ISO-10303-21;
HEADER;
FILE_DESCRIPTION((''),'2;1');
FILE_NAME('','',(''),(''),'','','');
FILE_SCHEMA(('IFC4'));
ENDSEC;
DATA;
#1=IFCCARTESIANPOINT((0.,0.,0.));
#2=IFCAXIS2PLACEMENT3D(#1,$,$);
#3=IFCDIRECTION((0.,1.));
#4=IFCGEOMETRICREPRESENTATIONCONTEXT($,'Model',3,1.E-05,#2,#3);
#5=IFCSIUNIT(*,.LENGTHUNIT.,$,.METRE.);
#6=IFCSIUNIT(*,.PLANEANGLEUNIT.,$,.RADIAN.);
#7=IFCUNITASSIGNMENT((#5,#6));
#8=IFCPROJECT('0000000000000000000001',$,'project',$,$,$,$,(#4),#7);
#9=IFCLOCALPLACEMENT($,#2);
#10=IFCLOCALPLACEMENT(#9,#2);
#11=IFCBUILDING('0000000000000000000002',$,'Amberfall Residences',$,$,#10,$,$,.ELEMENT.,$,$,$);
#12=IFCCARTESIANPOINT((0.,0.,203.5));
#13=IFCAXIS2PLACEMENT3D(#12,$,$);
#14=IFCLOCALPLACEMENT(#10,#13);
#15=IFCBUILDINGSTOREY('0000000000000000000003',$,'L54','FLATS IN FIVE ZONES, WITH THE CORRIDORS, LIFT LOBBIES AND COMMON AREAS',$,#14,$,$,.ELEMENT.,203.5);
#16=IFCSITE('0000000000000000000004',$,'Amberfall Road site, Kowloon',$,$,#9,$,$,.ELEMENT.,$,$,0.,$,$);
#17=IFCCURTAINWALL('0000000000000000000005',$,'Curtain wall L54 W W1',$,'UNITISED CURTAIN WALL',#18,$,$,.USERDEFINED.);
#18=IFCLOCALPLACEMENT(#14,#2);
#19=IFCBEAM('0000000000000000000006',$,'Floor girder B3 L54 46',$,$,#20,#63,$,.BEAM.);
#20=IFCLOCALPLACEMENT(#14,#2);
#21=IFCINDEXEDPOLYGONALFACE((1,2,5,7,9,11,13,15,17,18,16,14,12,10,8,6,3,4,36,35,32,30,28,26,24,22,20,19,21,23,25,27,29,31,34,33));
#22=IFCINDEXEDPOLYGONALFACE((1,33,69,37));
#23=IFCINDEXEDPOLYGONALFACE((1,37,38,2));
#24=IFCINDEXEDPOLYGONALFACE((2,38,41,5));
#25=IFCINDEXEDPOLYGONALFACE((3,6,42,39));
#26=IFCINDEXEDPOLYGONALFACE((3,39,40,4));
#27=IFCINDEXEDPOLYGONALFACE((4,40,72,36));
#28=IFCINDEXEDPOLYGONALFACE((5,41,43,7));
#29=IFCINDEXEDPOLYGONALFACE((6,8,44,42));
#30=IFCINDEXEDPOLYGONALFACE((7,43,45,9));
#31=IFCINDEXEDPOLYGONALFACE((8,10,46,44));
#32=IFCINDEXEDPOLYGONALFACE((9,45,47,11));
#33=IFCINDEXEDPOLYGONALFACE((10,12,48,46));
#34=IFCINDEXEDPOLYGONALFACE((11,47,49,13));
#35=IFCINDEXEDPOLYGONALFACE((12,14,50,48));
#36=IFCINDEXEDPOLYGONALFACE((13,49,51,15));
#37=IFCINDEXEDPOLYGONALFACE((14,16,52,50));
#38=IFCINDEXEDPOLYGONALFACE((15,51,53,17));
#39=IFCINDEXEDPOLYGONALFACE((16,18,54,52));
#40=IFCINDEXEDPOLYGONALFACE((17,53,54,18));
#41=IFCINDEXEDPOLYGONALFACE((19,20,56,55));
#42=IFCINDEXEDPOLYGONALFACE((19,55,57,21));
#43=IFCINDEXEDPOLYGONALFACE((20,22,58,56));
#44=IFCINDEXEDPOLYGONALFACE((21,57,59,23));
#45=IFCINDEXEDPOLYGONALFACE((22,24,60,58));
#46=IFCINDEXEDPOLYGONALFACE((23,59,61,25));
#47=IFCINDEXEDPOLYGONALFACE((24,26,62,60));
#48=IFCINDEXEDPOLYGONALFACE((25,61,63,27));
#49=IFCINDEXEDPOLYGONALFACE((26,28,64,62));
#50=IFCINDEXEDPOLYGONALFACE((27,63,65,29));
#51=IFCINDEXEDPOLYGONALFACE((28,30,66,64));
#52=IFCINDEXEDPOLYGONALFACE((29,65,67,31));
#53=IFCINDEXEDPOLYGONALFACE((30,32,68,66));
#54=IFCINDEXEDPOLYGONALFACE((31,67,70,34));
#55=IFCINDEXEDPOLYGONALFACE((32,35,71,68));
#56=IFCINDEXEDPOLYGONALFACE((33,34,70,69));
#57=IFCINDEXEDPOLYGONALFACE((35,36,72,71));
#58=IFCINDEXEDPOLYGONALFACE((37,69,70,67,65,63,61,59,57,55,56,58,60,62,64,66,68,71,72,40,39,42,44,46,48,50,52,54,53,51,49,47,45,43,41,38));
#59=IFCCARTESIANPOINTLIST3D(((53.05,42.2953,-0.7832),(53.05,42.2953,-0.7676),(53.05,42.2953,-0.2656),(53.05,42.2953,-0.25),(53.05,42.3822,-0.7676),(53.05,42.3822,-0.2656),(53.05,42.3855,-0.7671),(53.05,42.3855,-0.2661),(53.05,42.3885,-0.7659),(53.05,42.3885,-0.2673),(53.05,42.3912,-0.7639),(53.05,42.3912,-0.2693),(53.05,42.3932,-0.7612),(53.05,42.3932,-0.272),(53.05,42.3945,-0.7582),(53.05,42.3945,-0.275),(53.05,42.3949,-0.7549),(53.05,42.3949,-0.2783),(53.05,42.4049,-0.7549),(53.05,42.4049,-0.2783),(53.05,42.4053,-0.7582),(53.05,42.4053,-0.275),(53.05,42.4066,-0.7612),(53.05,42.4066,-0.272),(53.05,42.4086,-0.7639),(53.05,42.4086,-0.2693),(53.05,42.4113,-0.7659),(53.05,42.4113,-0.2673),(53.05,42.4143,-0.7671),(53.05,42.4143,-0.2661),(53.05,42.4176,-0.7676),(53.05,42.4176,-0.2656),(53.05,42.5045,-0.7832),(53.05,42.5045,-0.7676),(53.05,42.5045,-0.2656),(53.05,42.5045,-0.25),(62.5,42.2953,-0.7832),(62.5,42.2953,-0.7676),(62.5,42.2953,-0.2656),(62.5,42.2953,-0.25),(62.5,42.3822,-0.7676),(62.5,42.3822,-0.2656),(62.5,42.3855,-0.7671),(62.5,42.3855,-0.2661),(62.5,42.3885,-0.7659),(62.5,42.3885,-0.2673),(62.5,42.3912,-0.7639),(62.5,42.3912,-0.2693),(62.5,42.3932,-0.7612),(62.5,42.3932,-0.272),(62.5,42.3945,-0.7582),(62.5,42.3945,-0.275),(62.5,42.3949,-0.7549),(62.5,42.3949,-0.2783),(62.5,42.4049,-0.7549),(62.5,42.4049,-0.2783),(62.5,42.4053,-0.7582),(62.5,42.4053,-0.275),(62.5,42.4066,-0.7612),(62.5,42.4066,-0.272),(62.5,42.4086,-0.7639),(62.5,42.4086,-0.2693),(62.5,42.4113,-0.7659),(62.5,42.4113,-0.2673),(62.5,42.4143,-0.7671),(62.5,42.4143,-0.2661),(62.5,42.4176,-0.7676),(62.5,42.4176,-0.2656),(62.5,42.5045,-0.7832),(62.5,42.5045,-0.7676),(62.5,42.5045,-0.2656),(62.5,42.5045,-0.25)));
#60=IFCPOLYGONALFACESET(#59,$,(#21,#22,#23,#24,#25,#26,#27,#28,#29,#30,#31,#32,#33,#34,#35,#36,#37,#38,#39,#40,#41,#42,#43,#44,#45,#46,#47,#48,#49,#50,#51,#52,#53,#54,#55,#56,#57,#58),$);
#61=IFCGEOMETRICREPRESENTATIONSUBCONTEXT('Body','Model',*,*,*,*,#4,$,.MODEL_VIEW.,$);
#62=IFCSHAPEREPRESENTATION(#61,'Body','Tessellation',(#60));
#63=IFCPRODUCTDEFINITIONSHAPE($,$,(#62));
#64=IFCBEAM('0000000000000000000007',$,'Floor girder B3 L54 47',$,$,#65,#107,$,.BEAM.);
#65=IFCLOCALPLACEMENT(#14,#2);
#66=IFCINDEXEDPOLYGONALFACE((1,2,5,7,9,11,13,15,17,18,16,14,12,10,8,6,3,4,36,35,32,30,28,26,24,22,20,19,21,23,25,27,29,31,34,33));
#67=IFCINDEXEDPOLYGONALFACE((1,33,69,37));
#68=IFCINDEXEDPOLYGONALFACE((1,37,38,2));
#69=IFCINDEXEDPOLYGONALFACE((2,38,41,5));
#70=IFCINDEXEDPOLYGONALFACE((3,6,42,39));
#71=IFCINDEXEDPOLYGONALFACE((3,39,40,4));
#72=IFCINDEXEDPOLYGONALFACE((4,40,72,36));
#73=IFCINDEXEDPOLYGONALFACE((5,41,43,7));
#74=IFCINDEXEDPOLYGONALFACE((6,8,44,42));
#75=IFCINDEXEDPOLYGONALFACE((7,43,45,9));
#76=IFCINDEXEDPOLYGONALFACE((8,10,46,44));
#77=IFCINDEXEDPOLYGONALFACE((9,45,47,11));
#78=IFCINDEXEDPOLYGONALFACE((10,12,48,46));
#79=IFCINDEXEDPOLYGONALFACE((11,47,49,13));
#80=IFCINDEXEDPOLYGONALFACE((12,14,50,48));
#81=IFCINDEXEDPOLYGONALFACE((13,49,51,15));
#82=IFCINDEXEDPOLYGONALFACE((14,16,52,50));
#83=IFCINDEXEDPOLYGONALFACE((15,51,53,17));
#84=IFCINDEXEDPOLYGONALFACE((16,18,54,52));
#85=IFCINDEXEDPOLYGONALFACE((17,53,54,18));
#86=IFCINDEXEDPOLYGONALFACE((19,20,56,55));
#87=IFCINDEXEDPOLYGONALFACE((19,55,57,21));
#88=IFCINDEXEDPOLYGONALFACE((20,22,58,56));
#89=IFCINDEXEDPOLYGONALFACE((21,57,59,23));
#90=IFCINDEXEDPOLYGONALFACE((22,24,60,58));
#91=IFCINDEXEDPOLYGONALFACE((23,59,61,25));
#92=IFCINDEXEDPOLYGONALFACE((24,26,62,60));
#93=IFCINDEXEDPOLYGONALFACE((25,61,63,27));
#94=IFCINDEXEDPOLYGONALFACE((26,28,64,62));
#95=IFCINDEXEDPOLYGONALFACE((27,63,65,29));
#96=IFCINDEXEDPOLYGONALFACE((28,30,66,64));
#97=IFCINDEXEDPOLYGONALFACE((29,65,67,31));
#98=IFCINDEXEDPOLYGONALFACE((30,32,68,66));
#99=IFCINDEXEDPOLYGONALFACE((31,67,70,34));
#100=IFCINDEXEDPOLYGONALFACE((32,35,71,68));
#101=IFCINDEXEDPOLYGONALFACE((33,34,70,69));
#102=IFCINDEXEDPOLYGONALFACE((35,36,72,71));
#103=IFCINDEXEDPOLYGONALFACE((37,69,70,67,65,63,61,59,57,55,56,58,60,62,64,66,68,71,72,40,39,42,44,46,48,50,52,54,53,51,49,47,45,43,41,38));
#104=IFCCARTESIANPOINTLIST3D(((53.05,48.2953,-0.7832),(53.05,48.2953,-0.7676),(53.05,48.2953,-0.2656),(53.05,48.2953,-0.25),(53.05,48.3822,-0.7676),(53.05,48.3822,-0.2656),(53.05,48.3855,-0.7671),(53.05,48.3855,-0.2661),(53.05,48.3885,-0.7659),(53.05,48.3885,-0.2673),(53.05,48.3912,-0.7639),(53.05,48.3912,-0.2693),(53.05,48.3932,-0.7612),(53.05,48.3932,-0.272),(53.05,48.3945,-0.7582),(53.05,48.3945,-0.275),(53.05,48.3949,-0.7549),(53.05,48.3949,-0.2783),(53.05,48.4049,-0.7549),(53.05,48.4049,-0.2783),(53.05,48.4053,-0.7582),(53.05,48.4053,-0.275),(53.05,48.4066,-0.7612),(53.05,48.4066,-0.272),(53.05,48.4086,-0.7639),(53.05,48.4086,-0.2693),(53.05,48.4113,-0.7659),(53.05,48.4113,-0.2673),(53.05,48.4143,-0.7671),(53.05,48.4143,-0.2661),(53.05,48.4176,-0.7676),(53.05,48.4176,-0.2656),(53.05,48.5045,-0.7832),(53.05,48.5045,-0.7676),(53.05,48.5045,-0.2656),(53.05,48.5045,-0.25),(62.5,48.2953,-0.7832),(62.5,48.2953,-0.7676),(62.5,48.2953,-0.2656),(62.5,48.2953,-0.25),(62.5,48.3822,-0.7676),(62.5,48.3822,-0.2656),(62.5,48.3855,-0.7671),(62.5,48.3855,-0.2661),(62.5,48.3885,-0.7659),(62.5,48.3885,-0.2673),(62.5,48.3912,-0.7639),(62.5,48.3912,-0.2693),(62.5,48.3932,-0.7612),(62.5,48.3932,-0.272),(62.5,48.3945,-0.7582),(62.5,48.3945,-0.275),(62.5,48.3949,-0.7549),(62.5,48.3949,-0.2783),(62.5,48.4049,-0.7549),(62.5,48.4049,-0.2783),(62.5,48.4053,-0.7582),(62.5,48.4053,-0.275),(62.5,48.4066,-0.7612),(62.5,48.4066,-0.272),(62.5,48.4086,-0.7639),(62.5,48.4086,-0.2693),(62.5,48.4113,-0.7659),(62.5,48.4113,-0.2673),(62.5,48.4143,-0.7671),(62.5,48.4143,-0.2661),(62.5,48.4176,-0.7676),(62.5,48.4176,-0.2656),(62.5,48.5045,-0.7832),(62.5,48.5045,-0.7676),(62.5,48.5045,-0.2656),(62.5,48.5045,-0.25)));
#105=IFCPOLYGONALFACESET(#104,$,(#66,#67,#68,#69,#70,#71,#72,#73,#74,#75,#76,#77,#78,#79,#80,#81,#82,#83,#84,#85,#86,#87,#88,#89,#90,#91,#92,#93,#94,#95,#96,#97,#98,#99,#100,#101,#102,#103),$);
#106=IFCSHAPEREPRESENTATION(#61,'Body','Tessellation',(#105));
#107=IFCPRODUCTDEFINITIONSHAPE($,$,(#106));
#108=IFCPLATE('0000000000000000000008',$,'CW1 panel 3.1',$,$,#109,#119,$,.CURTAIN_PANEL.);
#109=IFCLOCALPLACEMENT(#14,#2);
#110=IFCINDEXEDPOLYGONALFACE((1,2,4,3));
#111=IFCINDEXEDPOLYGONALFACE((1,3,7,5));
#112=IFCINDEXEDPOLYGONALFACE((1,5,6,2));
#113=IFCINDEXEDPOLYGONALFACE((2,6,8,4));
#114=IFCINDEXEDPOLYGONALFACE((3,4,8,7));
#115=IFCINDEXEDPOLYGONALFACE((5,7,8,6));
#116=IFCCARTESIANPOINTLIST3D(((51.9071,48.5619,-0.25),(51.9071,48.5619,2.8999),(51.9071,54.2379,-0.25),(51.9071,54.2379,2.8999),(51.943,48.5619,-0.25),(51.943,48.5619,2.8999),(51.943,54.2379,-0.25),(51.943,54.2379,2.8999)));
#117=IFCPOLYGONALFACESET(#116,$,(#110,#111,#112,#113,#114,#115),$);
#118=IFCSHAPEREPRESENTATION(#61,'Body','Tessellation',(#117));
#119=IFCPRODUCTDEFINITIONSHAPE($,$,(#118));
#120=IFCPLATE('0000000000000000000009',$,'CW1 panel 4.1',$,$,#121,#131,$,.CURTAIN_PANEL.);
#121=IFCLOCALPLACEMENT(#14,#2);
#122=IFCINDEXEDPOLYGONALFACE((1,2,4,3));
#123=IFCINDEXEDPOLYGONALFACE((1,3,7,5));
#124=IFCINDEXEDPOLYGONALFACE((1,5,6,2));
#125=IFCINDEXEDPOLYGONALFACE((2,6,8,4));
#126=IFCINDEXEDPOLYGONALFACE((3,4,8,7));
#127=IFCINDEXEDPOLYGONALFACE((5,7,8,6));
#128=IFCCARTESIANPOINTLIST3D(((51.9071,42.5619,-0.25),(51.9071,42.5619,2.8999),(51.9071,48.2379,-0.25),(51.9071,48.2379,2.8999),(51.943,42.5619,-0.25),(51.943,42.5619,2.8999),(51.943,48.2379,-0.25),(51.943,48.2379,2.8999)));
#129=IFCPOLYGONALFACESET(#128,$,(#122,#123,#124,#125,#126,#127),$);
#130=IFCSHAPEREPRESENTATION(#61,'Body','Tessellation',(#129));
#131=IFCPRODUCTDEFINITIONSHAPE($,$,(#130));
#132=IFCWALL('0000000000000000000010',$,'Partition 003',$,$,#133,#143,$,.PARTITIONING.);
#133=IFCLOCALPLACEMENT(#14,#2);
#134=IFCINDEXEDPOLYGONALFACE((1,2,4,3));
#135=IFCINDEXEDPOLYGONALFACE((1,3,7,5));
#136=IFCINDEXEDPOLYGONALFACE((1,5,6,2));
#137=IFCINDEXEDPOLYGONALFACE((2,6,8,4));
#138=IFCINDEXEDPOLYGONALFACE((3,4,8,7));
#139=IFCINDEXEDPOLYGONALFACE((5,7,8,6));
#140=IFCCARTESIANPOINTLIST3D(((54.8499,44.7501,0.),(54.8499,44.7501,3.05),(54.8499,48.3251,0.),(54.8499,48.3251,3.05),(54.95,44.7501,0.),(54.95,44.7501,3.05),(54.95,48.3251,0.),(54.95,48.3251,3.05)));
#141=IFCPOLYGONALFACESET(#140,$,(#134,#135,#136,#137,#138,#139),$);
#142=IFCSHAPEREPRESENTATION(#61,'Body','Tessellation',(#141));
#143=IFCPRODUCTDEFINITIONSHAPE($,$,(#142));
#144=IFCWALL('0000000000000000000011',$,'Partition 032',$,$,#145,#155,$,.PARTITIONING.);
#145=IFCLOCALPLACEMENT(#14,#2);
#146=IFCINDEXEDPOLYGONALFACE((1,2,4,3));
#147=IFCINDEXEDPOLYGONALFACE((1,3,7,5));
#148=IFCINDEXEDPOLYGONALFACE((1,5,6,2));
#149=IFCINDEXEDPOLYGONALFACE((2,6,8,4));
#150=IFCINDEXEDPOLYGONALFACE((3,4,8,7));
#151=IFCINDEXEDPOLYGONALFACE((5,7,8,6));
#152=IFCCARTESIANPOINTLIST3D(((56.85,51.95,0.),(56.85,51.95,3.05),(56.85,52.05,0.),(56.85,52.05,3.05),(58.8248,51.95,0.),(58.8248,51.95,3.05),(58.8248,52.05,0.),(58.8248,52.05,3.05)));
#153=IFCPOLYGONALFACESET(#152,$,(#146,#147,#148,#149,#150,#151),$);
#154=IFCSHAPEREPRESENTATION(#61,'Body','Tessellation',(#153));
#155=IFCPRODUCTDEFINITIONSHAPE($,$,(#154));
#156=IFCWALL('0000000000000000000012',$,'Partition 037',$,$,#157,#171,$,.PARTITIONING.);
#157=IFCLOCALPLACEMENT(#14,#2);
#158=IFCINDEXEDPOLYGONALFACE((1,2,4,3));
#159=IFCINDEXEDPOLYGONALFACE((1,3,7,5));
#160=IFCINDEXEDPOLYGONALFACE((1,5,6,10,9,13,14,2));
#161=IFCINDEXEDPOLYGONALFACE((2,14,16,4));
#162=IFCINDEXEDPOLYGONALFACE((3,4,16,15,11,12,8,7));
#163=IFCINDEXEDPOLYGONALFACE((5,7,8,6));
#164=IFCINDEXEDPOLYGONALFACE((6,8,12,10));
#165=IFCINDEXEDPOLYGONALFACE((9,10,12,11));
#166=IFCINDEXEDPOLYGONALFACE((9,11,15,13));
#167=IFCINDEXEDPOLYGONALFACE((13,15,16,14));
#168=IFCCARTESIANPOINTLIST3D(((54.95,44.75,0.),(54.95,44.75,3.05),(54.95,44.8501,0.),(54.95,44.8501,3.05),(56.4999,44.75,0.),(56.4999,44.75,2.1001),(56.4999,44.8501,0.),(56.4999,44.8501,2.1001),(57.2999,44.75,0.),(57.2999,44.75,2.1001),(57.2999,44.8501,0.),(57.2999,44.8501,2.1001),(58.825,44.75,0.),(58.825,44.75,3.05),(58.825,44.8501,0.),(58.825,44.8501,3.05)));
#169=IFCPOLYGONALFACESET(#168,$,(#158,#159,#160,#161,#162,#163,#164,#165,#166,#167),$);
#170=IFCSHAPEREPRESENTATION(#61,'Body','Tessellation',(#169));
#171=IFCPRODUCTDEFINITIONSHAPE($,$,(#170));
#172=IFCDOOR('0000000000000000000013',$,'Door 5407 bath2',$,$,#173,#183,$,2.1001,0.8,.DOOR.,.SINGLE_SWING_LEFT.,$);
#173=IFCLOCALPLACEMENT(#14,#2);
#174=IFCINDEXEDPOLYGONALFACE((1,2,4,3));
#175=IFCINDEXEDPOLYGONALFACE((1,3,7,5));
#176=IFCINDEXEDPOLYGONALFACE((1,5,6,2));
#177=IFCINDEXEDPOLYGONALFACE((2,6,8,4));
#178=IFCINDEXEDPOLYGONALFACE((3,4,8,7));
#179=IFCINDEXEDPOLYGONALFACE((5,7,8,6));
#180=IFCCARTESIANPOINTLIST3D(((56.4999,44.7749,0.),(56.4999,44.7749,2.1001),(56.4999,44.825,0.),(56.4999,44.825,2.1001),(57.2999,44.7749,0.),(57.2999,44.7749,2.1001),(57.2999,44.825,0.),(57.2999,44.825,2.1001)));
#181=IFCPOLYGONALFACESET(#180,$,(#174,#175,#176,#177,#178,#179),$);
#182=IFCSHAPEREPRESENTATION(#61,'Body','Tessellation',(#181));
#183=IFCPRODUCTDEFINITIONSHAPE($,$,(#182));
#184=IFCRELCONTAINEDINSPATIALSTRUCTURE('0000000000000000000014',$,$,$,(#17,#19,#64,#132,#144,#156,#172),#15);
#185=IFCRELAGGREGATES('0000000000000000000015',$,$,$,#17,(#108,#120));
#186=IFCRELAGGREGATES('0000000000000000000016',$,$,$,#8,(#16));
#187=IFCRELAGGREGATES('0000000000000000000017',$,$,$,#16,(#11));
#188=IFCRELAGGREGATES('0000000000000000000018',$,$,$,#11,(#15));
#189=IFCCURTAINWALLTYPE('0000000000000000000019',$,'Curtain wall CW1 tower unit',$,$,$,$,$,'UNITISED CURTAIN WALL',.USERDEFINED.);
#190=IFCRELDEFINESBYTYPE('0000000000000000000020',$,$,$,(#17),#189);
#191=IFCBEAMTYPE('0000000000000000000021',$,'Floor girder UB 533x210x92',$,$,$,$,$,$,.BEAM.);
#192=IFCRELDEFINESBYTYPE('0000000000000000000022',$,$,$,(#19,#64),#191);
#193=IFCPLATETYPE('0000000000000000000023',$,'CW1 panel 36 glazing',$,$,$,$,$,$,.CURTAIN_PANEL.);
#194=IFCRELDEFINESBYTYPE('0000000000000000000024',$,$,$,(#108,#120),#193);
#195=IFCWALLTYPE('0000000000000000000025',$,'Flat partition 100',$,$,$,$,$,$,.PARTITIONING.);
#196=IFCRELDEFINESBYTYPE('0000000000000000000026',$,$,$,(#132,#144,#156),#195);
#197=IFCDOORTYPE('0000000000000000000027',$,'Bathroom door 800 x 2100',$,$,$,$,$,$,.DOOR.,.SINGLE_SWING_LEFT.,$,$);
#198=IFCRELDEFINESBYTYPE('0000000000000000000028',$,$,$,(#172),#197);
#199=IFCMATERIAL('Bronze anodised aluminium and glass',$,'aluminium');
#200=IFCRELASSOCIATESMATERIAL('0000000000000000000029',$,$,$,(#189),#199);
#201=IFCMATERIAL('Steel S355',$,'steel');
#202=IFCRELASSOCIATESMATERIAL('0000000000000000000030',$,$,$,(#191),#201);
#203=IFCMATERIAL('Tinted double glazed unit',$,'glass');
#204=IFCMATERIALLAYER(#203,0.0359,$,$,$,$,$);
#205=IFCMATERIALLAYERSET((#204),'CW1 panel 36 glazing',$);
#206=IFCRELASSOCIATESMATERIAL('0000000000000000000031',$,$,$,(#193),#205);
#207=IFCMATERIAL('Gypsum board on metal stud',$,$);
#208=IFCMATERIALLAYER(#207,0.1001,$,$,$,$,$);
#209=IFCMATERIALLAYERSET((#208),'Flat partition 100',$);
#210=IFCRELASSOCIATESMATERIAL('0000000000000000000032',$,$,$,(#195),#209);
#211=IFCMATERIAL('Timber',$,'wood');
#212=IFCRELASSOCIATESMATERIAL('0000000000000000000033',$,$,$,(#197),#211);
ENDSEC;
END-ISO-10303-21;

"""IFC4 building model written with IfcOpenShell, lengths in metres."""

from ifc_helpers import new_model, si_unit, direction, frame, frame_2d, origin, origin_2d, place, context, subcontext, project, spatial, rectangle, i_section, extrude, material, layer, layer_set, material_profile, profile_set, type_object, element, fill, aggregate, save


model = new_model("IFC4")

# Units and contexts
model_context = context("Model", 3, precision=1e-05, world=origin(), true_north=direction((0.0, 1.0)))
body_context = subcontext(model_context, "Body", "Model", "MODEL_VIEW")
ifc_project = project(units=[si_unit("LENGTHUNIT", "METRE"), si_unit("PLANEANGLEUNIT", "RADIAN")], contexts=[model_context])

# Site, building, storey
site_placement = place(None, origin())
site = spatial("IfcSite", under=ifc_project, at=site_placement, Name="Amberfall Road site, Kowloon", CompositionType="ELEMENT", RefElevation=0.0)
building_placement = place(site_placement, origin())
building = spatial("IfcBuilding", under=site, at=building_placement, Name="Amberfall Residences", CompositionType="ELEMENT")
storey_placement = place(building_placement, frame((0.0, 0.0, 203.5)))
storey = spatial("IfcBuildingStorey", under=building, at=storey_placement, Name="L54", Description="FLATS IN FIVE ZONES, WITH THE CORRIDORS, LIFT LOBBIES AND COMMON AREAS", CompositionType="ELEMENT", Elevation=203.5)

# Curtain wall
ifc_material_1 = material(Name="Bronze anodised aluminium and glass", Category="aluminium")
curtain_wall_type = type_object("IfcCurtainWallType", Name="Curtain wall CW1 tower unit", ElementType="UNITISED CURTAIN WALL", PredefinedType="USERDEFINED", material=ifc_material_1)
curtain_wall_placement = place(storey_placement, origin())
curtain_wall = element("IfcCurtainWall", 1, at=curtain_wall_placement, inside=storey, type_object=curtain_wall_type, Name="Curtain wall L54 W W1", ObjectType="UNITISED CURTAIN WALL", PredefinedType="USERDEFINED")

# Shared definitions
ifc_material_2 = material(Name="Steel S355", Category="steel")

# Beams
ifc_material_profile_1 = material_profile(ifc_material_2, i_section(OverallWidth=0.2092, OverallDepth=0.5332, WebThickness=0.01, FlangeThickness=0.0156, FilletRadius=0.0127, at=origin_2d()), Name="UB 533x210x92")
ifc_profile_set_1 = profile_set([ifc_material_profile_1], Name="Steel S355")
beam_type_1 = type_object("IfcBeamType", Name="Floor girder UB 533x210x92", PredefinedType="BEAM", material=ifc_profile_set_1)
for number, where, z_axis, x_axis, name in (
    (2, (53.05, 42.3999, -0.5166), (1.0, 0.0, 0.0), (0.0, 1.0, 0.0), "Floor girder B3 L54 46"),
    (3, (53.05, 48.3999, -0.5166), (1.0, 0.0, 0.0), (0.0, 1.0, 0.0), "Floor girder B3 L54 47"),
):
    element("IfcBeam", number, at=place(storey_placement, frame(where, z_axis=z_axis, x_axis=x_axis)), inside=storey, type_object=beam_type_1, Name=name, PredefinedType="BEAM", context=body_context, shape_type="SweptSolid", body=[
        extrude(i_section(OverallWidth=0.2092, OverallDepth=0.5332, WebThickness=0.01, FlangeThickness=0.0156, FilletRadius=0.0127, at=origin_2d()), origin(), (0.0, 0.0, 1.0), 9.45),
    ])

# Plates
ifc_material_3 = material(Name="Tinted double glazed unit", Category="glass")
ifc_layer_1 = layer(ifc_material_3, 0.0359)
ifc_layer_set_1 = layer_set([ifc_layer_1], Name="CW1 panel 36 glazing")
plate_type = type_object("IfcPlateType", Name="CW1 panel 36 glazing", PredefinedType="CURTAIN_PANEL", material=ifc_layer_set_1)
plate_1_placement = place(storey_placement, frame((51.925, 51.3999, -0.25), z_axis=(0.0, 0.0, 1.0), x_axis=(0.0, -1.0, 0.0)))
plate_1 = element("IfcPlate", 4, at=plate_1_placement, type_object=plate_type, Name="CW1 panel 3.1", PredefinedType="CURTAIN_PANEL", context=body_context, shape_type="SweptSolid", body=[
    extrude(rectangle(XDim=5.676, YDim=0.0359, at=origin_2d()), origin(), (0.0, 0.0, 1.0), 3.1499),
])
plate_2_placement = place(storey_placement, frame((51.925, 45.3999, -0.25), z_axis=(0.0, 0.0, 1.0), x_axis=(0.0, -1.0, 0.0)))
plate_2 = element("IfcPlate", 5, at=plate_2_placement, type_object=plate_type, Name="CW1 panel 4.1", PredefinedType="CURTAIN_PANEL", context=body_context, shape_type="SweptSolid", body=[
    extrude(rectangle(XDim=5.676, YDim=0.0359, at=origin_2d()), origin(), (0.0, 0.0, 1.0), 3.1499),
])
aggregate(curtain_wall, [plate_1, plate_2])

# Walls
ifc_material_4 = material(Name="Gypsum board on metal stud")
ifc_layer_2 = layer(ifc_material_4, 0.1001)
ifc_layer_set_2 = layer_set([ifc_layer_2], Name="Flat partition 100")
wall_type_1 = type_object("IfcWallType", Name="Flat partition 100", PredefinedType="PARTITIONING", material=ifc_layer_set_2)
wall_1_placement = place(storey_placement, frame((54.8999, 44.75, 0.0), z_axis=(0.0, 0.0, 1.0), x_axis=(0.0, 1.0, 0.0)))
element("IfcWall", 6, at=wall_1_placement, inside=storey, type_object=wall_type_1, Name="Partition 003", PredefinedType="PARTITIONING", context=body_context, shape_type="SweptSolid", body=[
    extrude(rectangle(XDim=3.575, YDim=0.1001, at=frame_2d((1.7876, 0.0))), origin(), (0.0, 0.0, 1.0), 3.05),
])
wall_2_placement = place(storey_placement, frame((56.8501, 52.0, 0.0), z_axis=(0.0, 0.0, 1.0), x_axis=(1.0, 0.0, 0.0)))
element("IfcWall", 7, at=wall_2_placement, inside=storey, type_object=wall_type_1, Name="Partition 032", PredefinedType="PARTITIONING", context=body_context, shape_type="SweptSolid", body=[
    extrude(rectangle(XDim=1.9749, YDim=0.1001, at=frame_2d((0.9873, 0.0))), origin(), (0.0, 0.0, 1.0), 3.05),
])

# Wall, opening, door
wall_3_placement = place(storey_placement, frame((54.95, 44.8, 0.0), z_axis=(0.0, 0.0, 1.0), x_axis=(1.0, 0.0, 0.0)))
wall_3 = element("IfcWall", 8, at=wall_3_placement, inside=storey, type_object=wall_type_1, Name="Partition 037", PredefinedType="PARTITIONING", context=body_context, shape_type="SweptSolid", body=[
    extrude(rectangle(XDim=3.875, YDim=0.1001, at=frame_2d((1.9375, 0.0))), origin(), (0.0, 0.0, 1.0), 3.05),
])
opening_1_placement = place(wall_3_placement, frame((1.55, 0.0, 0.0)))
opening_1 = element("IfcOpeningElement", 9, at=opening_1_placement, cuts=wall_3, PredefinedType="OPENING", context=body_context, shape_type="SweptSolid", body=[
    extrude(rectangle(XDim=0.8, YDim=2.1001, at=frame_2d((0.3999, 1.05))), frame((0.0, 0.0601, 0.0), z_axis=(0.0, -1.0, 0.0), x_axis=(1.0, 0.0, 0.0)), (0.0, 0.0, 1.0), 0.1201),
])
ifc_material_5 = material(Name="Timber", Category="wood")
door_type_1 = type_object("IfcDoorType", Name="Bathroom door 800 x 2100", OperationType="SINGLE_SWING_LEFT", PredefinedType="DOOR", material=ifc_material_5)
door_1_placement = place(opening_1_placement, origin())
door_1 = element("IfcDoor", 10, at=door_1_placement, inside=storey, type_object=door_type_1, Name="Door 5407 bath2", OperationType="SINGLE_SWING_LEFT", OverallHeight=2.1001, OverallWidth=0.8, PredefinedType="DOOR", context=body_context, shape_type="SweptSolid", body=[
    extrude(rectangle(XDim=0.8, YDim=2.1001, at=frame_2d((0.3999, 1.05))), frame((0.0, 0.0249, 0.0), z_axis=(0.0, -1.0, 0.0), x_axis=(1.0, 0.0, 0.0)), (0.0, 0.0, 1.0), 0.05),
])
fill(opening_1, door_1)

save(model, "model.ifc")
